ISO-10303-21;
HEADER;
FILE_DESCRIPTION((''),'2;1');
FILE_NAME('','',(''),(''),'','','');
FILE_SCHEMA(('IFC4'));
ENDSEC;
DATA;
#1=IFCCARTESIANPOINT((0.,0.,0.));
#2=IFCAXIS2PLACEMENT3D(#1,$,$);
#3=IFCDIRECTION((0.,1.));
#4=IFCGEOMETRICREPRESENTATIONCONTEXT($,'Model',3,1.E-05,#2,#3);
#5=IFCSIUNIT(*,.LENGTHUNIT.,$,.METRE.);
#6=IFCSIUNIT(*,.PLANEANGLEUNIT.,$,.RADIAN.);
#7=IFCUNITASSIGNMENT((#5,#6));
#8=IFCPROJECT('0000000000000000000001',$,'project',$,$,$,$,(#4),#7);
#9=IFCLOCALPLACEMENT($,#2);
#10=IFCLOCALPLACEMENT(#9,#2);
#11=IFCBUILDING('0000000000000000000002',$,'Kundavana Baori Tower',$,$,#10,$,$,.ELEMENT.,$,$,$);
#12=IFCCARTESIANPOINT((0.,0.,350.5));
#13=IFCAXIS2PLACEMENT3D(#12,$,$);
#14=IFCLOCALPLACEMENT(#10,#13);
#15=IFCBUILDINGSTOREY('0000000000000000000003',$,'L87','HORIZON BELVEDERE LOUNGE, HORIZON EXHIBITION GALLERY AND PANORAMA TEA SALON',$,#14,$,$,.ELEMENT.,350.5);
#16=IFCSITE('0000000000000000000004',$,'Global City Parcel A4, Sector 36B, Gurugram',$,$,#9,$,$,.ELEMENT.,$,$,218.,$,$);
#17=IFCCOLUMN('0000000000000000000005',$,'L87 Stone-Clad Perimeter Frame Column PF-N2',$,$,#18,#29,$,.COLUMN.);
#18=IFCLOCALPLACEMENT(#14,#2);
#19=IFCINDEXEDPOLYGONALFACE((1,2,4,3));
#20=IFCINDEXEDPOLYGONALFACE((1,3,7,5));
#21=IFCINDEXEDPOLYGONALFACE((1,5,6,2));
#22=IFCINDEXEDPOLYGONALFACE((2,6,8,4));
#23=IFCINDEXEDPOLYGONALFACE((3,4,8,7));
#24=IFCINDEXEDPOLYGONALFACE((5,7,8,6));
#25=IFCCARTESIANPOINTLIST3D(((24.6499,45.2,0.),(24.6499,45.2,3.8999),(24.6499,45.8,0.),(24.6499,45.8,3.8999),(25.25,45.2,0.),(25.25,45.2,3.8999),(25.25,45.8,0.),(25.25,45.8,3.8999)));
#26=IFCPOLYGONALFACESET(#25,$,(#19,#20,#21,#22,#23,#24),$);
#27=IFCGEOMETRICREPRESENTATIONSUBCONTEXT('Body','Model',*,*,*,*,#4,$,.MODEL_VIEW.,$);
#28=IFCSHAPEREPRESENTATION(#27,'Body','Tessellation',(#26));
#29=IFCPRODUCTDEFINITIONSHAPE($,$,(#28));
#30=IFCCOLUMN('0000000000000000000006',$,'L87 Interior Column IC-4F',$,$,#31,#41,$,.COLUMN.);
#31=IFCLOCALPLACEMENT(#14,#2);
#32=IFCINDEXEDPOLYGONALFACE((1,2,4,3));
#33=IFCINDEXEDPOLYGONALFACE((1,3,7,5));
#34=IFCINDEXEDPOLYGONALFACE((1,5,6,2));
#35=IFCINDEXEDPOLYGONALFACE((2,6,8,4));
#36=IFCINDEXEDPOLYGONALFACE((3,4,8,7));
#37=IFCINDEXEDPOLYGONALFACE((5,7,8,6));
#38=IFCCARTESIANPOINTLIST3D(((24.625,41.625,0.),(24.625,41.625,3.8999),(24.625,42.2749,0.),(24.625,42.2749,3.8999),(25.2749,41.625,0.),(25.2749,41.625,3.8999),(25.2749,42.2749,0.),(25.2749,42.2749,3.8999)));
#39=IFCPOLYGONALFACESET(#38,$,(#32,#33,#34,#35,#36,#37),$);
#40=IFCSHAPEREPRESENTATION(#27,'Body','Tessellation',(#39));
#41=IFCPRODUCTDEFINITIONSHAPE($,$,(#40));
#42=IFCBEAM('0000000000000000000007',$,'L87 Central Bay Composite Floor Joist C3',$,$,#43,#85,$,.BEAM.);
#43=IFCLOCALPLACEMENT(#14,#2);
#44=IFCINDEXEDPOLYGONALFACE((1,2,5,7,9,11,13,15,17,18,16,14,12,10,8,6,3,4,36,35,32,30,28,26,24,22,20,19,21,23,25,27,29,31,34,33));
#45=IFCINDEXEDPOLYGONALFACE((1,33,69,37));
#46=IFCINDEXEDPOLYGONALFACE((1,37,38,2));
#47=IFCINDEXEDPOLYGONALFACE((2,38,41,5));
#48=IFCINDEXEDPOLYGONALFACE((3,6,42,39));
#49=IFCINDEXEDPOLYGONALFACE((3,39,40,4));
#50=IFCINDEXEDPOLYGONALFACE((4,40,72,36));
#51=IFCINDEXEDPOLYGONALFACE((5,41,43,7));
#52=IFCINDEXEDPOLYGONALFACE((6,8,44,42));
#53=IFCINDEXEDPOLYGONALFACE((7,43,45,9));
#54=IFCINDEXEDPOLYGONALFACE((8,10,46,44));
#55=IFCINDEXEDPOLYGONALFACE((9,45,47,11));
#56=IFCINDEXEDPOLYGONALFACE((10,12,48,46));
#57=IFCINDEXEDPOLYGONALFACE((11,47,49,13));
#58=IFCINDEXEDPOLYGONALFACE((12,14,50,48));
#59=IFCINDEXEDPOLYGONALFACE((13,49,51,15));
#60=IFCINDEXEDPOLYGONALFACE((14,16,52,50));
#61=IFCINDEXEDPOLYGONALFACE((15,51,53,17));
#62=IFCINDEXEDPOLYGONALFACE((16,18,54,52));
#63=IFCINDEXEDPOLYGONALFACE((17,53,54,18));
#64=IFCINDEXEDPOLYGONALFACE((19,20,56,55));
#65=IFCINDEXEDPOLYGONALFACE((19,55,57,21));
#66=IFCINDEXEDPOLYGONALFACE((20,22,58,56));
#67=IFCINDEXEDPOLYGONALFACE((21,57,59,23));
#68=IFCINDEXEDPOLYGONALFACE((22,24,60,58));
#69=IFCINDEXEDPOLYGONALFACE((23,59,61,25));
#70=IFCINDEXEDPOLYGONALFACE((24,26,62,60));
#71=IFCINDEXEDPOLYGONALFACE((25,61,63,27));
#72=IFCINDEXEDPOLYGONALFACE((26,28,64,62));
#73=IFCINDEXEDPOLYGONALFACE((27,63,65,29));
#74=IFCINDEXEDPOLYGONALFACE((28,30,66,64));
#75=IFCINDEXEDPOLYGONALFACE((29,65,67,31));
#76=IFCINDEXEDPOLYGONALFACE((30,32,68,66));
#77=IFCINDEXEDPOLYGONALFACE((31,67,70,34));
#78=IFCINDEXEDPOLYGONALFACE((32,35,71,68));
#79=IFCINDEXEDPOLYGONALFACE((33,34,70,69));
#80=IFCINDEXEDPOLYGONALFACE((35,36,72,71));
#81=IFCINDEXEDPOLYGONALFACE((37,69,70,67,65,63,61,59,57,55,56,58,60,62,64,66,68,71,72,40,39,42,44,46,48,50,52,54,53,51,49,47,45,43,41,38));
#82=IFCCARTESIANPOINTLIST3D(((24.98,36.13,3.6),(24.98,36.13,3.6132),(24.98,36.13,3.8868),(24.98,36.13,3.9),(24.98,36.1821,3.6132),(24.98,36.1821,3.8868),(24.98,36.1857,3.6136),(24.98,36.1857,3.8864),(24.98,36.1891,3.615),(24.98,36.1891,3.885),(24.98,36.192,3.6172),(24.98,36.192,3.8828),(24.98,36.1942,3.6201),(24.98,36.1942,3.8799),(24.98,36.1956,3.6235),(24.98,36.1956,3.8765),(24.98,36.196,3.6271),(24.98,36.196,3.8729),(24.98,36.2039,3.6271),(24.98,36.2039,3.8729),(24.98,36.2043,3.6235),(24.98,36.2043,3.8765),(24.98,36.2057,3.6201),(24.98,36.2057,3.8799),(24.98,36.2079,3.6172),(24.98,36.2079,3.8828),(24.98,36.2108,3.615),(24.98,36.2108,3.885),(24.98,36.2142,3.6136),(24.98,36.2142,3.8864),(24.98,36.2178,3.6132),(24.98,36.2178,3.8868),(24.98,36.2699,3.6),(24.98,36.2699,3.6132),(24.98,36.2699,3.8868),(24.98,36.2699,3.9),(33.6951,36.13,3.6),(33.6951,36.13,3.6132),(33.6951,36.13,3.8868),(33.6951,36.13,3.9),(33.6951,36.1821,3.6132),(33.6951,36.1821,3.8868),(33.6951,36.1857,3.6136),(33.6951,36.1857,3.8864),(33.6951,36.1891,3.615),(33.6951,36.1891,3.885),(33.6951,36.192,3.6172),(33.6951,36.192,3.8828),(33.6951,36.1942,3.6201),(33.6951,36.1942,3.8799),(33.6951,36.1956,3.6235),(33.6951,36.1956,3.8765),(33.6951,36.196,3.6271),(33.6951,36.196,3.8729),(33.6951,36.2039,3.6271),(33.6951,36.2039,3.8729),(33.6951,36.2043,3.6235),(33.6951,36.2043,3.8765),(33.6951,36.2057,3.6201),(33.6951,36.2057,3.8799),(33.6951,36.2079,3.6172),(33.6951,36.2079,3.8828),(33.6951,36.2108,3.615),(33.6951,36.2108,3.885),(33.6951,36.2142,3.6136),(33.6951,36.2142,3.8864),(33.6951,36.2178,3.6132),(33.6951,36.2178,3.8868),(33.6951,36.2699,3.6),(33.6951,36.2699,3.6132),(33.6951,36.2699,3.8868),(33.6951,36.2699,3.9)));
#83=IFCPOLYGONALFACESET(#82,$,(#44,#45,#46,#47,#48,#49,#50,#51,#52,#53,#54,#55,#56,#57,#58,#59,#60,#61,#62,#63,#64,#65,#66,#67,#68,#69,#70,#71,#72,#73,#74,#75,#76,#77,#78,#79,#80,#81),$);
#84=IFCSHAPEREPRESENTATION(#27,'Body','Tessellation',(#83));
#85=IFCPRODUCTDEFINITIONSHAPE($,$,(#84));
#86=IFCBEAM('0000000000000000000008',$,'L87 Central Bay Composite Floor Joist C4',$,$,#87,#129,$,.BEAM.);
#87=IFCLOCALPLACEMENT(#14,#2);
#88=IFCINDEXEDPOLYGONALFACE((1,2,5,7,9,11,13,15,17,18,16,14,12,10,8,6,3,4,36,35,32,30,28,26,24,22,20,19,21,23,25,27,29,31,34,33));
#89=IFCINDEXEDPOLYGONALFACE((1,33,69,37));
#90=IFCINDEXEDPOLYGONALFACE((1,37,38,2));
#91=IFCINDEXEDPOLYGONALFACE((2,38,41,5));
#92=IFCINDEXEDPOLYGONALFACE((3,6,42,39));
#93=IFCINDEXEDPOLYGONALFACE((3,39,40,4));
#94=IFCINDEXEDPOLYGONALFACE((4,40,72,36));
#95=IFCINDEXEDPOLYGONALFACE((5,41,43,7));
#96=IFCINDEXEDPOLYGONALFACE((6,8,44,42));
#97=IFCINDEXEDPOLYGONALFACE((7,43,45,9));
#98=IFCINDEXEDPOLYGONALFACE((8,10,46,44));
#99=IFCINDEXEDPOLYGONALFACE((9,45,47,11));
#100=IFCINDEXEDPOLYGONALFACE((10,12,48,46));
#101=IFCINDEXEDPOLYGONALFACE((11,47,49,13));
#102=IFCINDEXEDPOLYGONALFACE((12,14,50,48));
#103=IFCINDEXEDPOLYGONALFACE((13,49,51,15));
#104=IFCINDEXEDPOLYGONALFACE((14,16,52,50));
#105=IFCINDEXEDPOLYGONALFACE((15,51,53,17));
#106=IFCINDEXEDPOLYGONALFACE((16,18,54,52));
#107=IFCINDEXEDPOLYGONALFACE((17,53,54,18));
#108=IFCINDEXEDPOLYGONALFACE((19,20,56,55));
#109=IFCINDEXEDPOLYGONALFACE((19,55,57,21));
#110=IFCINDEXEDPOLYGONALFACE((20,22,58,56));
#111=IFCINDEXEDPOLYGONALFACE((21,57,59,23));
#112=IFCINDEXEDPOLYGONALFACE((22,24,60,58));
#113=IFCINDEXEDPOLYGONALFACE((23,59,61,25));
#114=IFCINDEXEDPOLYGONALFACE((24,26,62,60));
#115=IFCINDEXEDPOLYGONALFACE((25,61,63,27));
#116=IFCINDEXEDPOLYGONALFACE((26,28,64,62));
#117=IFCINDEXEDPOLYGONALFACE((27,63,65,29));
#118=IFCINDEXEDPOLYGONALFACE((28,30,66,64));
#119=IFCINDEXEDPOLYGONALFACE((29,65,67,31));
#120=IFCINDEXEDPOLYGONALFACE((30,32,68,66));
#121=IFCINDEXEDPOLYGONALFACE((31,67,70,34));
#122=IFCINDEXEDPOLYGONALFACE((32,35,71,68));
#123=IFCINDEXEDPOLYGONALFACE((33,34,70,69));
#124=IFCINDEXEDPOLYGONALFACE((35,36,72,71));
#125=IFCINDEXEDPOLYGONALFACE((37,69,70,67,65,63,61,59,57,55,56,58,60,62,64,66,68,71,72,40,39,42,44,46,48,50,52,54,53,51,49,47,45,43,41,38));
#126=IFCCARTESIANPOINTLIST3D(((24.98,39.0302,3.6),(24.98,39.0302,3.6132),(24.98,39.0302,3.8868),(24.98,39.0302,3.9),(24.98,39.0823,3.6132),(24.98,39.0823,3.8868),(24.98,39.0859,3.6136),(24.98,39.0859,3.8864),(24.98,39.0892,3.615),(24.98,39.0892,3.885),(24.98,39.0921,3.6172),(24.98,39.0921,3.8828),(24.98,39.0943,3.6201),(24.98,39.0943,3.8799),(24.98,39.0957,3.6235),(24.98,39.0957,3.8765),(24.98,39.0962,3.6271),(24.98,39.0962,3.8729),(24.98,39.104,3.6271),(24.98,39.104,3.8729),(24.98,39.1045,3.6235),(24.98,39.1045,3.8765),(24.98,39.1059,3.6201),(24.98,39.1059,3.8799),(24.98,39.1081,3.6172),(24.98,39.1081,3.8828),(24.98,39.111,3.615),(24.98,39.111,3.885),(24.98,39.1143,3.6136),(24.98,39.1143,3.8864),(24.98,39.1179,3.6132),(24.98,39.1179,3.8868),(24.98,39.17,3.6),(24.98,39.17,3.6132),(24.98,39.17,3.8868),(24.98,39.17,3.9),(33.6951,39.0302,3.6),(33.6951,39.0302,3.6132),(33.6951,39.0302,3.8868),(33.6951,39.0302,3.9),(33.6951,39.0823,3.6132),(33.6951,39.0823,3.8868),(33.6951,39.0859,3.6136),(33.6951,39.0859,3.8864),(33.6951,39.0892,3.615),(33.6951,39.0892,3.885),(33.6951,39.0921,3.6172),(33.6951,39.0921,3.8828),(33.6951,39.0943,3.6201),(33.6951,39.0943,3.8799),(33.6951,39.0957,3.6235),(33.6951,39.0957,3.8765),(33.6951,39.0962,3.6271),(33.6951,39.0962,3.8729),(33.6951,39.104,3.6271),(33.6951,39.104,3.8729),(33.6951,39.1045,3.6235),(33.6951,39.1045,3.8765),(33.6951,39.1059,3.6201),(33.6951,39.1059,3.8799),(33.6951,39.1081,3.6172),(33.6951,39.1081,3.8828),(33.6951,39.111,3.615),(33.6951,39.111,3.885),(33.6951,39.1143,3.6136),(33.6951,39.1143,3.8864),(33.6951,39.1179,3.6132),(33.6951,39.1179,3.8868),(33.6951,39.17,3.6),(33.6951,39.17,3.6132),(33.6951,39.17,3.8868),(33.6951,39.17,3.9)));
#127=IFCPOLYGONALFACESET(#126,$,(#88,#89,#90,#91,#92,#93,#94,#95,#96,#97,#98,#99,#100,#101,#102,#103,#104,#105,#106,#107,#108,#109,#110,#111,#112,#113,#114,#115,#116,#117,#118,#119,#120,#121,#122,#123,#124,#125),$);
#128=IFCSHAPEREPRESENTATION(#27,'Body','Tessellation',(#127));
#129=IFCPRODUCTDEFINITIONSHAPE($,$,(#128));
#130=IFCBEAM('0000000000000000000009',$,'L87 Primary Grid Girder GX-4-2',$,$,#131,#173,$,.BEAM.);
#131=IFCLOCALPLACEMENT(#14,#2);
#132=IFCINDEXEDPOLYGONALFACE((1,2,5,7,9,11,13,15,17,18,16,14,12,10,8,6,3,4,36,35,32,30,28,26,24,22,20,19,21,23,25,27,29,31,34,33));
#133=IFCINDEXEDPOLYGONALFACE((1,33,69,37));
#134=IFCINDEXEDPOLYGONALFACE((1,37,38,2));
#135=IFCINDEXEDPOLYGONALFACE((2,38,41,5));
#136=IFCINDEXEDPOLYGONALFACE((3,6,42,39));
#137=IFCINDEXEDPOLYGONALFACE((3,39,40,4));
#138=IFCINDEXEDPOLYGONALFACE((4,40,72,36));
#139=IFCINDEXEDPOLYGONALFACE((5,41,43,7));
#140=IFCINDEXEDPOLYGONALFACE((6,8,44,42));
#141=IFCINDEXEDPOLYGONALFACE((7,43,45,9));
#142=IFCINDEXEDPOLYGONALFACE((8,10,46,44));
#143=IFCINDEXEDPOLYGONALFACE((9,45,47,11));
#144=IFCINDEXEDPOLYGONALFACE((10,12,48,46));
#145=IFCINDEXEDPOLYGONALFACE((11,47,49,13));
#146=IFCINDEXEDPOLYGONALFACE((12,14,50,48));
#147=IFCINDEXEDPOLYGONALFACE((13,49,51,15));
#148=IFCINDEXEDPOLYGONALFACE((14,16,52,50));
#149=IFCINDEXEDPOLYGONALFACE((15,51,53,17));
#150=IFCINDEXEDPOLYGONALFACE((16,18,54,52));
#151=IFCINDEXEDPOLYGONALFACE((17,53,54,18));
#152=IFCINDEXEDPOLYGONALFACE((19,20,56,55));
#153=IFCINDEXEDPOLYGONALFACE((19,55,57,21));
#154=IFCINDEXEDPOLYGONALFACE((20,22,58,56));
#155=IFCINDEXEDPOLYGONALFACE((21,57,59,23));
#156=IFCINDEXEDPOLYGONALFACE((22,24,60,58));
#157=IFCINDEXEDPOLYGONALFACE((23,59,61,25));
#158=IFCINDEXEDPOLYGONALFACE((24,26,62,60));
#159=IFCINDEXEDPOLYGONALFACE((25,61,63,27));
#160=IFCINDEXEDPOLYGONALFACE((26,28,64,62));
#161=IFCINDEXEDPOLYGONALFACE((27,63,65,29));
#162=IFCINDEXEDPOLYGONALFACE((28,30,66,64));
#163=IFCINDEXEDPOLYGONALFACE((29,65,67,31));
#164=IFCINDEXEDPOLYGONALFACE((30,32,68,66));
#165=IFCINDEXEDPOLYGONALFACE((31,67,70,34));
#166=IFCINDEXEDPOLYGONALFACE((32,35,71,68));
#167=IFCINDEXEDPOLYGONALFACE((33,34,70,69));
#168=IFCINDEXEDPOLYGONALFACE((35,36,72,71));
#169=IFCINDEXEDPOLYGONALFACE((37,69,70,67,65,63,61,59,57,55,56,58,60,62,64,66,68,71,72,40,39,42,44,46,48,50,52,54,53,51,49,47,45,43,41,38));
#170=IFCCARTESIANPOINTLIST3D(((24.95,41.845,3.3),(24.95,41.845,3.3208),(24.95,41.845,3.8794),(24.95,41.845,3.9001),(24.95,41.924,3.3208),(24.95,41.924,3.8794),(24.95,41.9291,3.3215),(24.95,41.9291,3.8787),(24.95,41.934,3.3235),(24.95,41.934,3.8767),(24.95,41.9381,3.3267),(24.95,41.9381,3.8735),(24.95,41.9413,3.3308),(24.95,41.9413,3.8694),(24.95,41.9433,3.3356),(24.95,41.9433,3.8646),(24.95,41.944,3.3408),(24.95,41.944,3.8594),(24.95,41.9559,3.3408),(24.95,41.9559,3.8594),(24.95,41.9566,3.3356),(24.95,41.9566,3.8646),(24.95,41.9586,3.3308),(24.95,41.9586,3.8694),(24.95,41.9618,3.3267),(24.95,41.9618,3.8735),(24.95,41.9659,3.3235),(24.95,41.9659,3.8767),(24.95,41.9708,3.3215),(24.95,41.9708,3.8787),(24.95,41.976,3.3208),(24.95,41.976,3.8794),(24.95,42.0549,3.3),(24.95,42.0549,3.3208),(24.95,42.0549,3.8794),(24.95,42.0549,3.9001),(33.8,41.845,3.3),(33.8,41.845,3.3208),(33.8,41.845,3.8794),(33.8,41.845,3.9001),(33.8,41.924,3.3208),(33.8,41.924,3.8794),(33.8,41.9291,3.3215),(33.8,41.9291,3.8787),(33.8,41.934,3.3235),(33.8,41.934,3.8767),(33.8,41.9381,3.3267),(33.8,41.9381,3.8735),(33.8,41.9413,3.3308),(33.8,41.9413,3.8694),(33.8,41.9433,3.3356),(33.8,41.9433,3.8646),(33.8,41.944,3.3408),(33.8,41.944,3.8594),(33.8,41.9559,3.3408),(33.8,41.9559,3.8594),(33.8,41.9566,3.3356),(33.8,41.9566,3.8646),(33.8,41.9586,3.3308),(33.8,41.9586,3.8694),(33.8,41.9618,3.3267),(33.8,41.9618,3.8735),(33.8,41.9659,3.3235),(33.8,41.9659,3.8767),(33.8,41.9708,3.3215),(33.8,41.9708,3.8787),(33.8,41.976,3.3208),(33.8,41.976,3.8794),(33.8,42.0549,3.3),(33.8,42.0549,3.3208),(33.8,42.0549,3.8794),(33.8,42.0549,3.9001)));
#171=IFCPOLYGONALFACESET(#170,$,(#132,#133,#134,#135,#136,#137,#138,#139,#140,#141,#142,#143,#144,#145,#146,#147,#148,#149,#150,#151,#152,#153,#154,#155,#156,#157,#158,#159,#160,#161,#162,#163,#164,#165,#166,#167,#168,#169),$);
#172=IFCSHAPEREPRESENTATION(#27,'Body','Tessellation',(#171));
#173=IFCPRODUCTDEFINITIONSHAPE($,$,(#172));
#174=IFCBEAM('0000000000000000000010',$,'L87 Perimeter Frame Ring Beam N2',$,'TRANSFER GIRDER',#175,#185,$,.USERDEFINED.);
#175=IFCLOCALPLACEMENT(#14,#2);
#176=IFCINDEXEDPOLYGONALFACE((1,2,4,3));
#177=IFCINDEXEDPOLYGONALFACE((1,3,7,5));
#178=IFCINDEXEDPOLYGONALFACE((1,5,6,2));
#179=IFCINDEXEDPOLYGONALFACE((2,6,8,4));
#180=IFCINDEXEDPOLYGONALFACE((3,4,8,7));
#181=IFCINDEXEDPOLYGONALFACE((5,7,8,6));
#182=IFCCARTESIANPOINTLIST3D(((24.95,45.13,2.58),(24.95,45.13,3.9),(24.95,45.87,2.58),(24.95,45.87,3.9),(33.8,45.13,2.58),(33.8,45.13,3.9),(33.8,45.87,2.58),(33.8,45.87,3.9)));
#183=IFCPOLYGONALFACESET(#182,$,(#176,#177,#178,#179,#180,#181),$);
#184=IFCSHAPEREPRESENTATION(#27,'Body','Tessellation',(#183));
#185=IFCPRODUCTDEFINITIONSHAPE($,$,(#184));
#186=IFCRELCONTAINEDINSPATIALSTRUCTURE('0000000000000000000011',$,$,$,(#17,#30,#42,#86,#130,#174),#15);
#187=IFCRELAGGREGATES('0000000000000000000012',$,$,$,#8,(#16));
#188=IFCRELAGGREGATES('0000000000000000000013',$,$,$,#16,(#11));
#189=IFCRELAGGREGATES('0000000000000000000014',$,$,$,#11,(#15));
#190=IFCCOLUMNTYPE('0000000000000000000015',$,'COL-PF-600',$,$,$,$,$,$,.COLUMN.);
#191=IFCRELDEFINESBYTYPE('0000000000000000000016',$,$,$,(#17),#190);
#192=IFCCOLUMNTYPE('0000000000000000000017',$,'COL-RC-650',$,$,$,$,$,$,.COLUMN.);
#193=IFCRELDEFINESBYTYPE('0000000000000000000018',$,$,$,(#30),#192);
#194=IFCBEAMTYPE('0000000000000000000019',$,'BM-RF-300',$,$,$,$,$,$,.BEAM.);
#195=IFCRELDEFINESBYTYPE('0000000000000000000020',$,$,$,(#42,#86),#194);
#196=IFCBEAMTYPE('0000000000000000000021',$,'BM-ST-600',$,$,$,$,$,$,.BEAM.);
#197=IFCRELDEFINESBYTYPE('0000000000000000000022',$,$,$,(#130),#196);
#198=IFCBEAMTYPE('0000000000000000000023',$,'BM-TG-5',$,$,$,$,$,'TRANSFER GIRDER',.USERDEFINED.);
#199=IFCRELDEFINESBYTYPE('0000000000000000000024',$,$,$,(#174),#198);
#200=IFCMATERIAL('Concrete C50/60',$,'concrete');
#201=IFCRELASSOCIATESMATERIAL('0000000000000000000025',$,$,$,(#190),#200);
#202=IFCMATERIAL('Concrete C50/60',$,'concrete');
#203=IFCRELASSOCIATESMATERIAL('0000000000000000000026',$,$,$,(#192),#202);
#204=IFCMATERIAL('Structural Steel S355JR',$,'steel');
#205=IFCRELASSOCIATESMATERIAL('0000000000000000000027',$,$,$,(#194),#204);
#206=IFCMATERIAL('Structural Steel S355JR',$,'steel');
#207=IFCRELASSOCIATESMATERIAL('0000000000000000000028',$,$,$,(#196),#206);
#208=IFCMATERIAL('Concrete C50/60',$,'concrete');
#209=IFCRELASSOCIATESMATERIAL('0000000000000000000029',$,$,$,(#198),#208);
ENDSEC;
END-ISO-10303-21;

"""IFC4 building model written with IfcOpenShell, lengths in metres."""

from ifc_helpers import new_model, si_unit, direction, frame, origin, origin_2d, place, context, subcontext, project, spatial, rectangle, i_section, extrude, material, material_profile, profile_set, type_object, element, save


model = new_model("IFC4")

# Units and contexts
model_context = context("Model", 3, precision=1e-05, world=origin(), true_north=direction((0.0, 1.0)))
body_context = subcontext(model_context, "Body", "Model", "MODEL_VIEW")
ifc_project = project(units=[si_unit("LENGTHUNIT", "METRE"), si_unit("PLANEANGLEUNIT", "RADIAN")], contexts=[model_context])

# Site, building, storey
site_placement = place(None, origin())
site = spatial("IfcSite", under=ifc_project, at=site_placement, Name="Global City Parcel A4, Sector 36B, Gurugram", CompositionType="ELEMENT", RefElevation=218.0)
building_placement = place(site_placement, origin())
building = spatial("IfcBuilding", under=site, at=building_placement, Name="Kundavana Baori Tower", CompositionType="ELEMENT")
storey_placement = place(building_placement, frame((0.0, 0.0, 350.5)))
storey = spatial("IfcBuildingStorey", under=building, at=storey_placement, Name="L87", Description="HORIZON BELVEDERE LOUNGE, HORIZON EXHIBITION GALLERY AND PANORAMA TEA SALON", CompositionType="ELEMENT", Elevation=350.5)

# Columns
ifc_material_1 = material(Name="Concrete C50/60", Category="concrete")
ifc_material_profile_1 = material_profile(ifc_material_1, rectangle(XDim=0.6001, YDim=0.6001, at=origin_2d()), Name="RC PF 600x600")
ifc_profile_set_1 = profile_set([ifc_material_profile_1], Name="Concrete C50/60")
column_type_1 = type_object("IfcColumnType", Name="COL-PF-600", PredefinedType="COLUMN", material=ifc_profile_set_1)
column_1_placement = place(storey_placement, frame((24.95, 45.5, 0.0), z_axis=(0.0, 0.0, 1.0), x_axis=(1.0, 0.0, 0.0)))
element("IfcColumn", 1, at=column_1_placement, inside=storey, type_object=column_type_1, Name="L87 Stone-Clad Perimeter Frame Column PF-N2", PredefinedType="COLUMN", context=body_context, shape_type="SweptSolid", body=[
    extrude(rectangle(XDim=0.6001, YDim=0.6001, at=origin_2d()), origin(), (0.0, 0.0, 1.0), 3.8999),
])
ifc_material_2 = material(Name="Concrete C50/60", Category="concrete")
ifc_material_profile_2 = material_profile(ifc_material_2, rectangle(XDim=0.6499, YDim=0.6499, at=origin_2d()), Name="RC 650x650")
ifc_profile_set_2 = profile_set([ifc_material_profile_2], Name="Concrete C50/60")
column_type_2 = type_object("IfcColumnType", Name="COL-RC-650", PredefinedType="COLUMN", material=ifc_profile_set_2)
column_2_placement = place(storey_placement, frame((24.95, 41.95, 0.0), z_axis=(0.0, 0.0, 1.0), x_axis=(1.0, 0.0, 0.0)))
element("IfcColumn", 2, at=column_2_placement, inside=storey, type_object=column_type_2, Name="L87 Interior Column IC-4F", PredefinedType="COLUMN", context=body_context, shape_type="SweptSolid", body=[
    extrude(rectangle(XDim=0.6499, YDim=0.6499, at=origin_2d()), origin(), (0.0, 0.0, 1.0), 3.8999),
])

# Beams
ifc_material_3 = material(Name="Structural Steel S355JR", Category="steel")
ifc_material_profile_3 = material_profile(ifc_material_3, i_section(OverallWidth=0.1399, OverallDepth=0.3, WebThickness=0.0078, FlangeThickness=0.0132, FilletRadius=0.0139, at=origin_2d()), Name="ISMB 300")
ifc_profile_set_3 = profile_set([ifc_material_profile_3], Name="Structural Steel S355JR")
beam_type_1 = type_object("IfcBeamType", Name="BM-RF-300", PredefinedType="BEAM", material=ifc_profile_set_3)
for number, where, z_axis, x_axis, name in (
    (3, (24.98, 36.2, 3.75), (1.0, 0.0, 0.0), (0.0, 1.0, 0.0), "L87 Central Bay Composite Floor Joist C3"),
    (4, (24.98, 39.1001, 3.75), (1.0, 0.0, 0.0), (0.0, 1.0, 0.0), "L87 Central Bay Composite Floor Joist C4"),
):
    element("IfcBeam", number, at=place(storey_placement, frame(where, z_axis=z_axis, x_axis=x_axis)), inside=storey, type_object=beam_type_1, Name=name, PredefinedType="BEAM", context=body_context, shape_type="SweptSolid", body=[
        extrude(i_section(OverallWidth=0.1399, OverallDepth=0.3, WebThickness=0.0078, FlangeThickness=0.0132, FilletRadius=0.0139, at=origin_2d()), origin(), (0.0, 0.0, 1.0), 8.7151),
    ])
ifc_material_4 = material(Name="Structural Steel S355JR", Category="steel")
ifc_material_profile_4 = material_profile(ifc_material_4, i_section(OverallWidth=0.21, OverallDepth=0.6001, WebThickness=0.012, FlangeThickness=0.0208, FilletRadius=0.02, at=origin_2d()), Name="ISMB 600")
ifc_profile_set_4 = profile_set([ifc_material_profile_4], Name="Structural Steel S355JR")
beam_type_2 = type_object("IfcBeamType", Name="BM-ST-600", PredefinedType="BEAM", material=ifc_profile_set_4)
beam_1_placement = place(storey_placement, frame((24.95, 41.95, 3.6001), z_axis=(1.0, 0.0, 0.0), x_axis=(0.0, 1.0, 0.0)))
element("IfcBeam", 5, at=beam_1_placement, inside=storey, type_object=beam_type_2, Name="L87 Primary Grid Girder GX-4-2", PredefinedType="BEAM", context=body_context, shape_type="SweptSolid", body=[
    extrude(i_section(OverallWidth=0.21, OverallDepth=0.6001, WebThickness=0.012, FlangeThickness=0.0208, FilletRadius=0.02, at=origin_2d()), origin(), (0.0, 0.0, 1.0), 8.8501),
])
ifc_material_5 = material(Name="Concrete C50/60", Category="concrete")
ifc_material_profile_5 = material_profile(ifc_material_5, rectangle(XDim=0.74, YDim=1.3201, at=origin_2d()), Name="BM-TG-5")
ifc_profile_set_5 = profile_set([ifc_material_profile_5], Name="Concrete C50/60")
beam_type_3 = type_object("IfcBeamType", Name="BM-TG-5", ElementType="TRANSFER GIRDER", PredefinedType="USERDEFINED", material=ifc_profile_set_5)
beam_2_placement = place(storey_placement, frame((24.95, 45.5, 3.24), z_axis=(1.0, 0.0, 0.0), x_axis=(0.0, 1.0, 0.0)))
element("IfcBeam", 6, at=beam_2_placement, inside=storey, type_object=beam_type_3, Name="L87 Perimeter Frame Ring Beam N2", ObjectType="TRANSFER GIRDER", PredefinedType="USERDEFINED", context=body_context, shape_type="SweptSolid", body=[
    extrude(rectangle(XDim=0.74, YDim=1.3201, at=origin_2d()), origin(), (0.0, 0.0, 1.0), 8.8501),
])

save(model, "model.ifc")
